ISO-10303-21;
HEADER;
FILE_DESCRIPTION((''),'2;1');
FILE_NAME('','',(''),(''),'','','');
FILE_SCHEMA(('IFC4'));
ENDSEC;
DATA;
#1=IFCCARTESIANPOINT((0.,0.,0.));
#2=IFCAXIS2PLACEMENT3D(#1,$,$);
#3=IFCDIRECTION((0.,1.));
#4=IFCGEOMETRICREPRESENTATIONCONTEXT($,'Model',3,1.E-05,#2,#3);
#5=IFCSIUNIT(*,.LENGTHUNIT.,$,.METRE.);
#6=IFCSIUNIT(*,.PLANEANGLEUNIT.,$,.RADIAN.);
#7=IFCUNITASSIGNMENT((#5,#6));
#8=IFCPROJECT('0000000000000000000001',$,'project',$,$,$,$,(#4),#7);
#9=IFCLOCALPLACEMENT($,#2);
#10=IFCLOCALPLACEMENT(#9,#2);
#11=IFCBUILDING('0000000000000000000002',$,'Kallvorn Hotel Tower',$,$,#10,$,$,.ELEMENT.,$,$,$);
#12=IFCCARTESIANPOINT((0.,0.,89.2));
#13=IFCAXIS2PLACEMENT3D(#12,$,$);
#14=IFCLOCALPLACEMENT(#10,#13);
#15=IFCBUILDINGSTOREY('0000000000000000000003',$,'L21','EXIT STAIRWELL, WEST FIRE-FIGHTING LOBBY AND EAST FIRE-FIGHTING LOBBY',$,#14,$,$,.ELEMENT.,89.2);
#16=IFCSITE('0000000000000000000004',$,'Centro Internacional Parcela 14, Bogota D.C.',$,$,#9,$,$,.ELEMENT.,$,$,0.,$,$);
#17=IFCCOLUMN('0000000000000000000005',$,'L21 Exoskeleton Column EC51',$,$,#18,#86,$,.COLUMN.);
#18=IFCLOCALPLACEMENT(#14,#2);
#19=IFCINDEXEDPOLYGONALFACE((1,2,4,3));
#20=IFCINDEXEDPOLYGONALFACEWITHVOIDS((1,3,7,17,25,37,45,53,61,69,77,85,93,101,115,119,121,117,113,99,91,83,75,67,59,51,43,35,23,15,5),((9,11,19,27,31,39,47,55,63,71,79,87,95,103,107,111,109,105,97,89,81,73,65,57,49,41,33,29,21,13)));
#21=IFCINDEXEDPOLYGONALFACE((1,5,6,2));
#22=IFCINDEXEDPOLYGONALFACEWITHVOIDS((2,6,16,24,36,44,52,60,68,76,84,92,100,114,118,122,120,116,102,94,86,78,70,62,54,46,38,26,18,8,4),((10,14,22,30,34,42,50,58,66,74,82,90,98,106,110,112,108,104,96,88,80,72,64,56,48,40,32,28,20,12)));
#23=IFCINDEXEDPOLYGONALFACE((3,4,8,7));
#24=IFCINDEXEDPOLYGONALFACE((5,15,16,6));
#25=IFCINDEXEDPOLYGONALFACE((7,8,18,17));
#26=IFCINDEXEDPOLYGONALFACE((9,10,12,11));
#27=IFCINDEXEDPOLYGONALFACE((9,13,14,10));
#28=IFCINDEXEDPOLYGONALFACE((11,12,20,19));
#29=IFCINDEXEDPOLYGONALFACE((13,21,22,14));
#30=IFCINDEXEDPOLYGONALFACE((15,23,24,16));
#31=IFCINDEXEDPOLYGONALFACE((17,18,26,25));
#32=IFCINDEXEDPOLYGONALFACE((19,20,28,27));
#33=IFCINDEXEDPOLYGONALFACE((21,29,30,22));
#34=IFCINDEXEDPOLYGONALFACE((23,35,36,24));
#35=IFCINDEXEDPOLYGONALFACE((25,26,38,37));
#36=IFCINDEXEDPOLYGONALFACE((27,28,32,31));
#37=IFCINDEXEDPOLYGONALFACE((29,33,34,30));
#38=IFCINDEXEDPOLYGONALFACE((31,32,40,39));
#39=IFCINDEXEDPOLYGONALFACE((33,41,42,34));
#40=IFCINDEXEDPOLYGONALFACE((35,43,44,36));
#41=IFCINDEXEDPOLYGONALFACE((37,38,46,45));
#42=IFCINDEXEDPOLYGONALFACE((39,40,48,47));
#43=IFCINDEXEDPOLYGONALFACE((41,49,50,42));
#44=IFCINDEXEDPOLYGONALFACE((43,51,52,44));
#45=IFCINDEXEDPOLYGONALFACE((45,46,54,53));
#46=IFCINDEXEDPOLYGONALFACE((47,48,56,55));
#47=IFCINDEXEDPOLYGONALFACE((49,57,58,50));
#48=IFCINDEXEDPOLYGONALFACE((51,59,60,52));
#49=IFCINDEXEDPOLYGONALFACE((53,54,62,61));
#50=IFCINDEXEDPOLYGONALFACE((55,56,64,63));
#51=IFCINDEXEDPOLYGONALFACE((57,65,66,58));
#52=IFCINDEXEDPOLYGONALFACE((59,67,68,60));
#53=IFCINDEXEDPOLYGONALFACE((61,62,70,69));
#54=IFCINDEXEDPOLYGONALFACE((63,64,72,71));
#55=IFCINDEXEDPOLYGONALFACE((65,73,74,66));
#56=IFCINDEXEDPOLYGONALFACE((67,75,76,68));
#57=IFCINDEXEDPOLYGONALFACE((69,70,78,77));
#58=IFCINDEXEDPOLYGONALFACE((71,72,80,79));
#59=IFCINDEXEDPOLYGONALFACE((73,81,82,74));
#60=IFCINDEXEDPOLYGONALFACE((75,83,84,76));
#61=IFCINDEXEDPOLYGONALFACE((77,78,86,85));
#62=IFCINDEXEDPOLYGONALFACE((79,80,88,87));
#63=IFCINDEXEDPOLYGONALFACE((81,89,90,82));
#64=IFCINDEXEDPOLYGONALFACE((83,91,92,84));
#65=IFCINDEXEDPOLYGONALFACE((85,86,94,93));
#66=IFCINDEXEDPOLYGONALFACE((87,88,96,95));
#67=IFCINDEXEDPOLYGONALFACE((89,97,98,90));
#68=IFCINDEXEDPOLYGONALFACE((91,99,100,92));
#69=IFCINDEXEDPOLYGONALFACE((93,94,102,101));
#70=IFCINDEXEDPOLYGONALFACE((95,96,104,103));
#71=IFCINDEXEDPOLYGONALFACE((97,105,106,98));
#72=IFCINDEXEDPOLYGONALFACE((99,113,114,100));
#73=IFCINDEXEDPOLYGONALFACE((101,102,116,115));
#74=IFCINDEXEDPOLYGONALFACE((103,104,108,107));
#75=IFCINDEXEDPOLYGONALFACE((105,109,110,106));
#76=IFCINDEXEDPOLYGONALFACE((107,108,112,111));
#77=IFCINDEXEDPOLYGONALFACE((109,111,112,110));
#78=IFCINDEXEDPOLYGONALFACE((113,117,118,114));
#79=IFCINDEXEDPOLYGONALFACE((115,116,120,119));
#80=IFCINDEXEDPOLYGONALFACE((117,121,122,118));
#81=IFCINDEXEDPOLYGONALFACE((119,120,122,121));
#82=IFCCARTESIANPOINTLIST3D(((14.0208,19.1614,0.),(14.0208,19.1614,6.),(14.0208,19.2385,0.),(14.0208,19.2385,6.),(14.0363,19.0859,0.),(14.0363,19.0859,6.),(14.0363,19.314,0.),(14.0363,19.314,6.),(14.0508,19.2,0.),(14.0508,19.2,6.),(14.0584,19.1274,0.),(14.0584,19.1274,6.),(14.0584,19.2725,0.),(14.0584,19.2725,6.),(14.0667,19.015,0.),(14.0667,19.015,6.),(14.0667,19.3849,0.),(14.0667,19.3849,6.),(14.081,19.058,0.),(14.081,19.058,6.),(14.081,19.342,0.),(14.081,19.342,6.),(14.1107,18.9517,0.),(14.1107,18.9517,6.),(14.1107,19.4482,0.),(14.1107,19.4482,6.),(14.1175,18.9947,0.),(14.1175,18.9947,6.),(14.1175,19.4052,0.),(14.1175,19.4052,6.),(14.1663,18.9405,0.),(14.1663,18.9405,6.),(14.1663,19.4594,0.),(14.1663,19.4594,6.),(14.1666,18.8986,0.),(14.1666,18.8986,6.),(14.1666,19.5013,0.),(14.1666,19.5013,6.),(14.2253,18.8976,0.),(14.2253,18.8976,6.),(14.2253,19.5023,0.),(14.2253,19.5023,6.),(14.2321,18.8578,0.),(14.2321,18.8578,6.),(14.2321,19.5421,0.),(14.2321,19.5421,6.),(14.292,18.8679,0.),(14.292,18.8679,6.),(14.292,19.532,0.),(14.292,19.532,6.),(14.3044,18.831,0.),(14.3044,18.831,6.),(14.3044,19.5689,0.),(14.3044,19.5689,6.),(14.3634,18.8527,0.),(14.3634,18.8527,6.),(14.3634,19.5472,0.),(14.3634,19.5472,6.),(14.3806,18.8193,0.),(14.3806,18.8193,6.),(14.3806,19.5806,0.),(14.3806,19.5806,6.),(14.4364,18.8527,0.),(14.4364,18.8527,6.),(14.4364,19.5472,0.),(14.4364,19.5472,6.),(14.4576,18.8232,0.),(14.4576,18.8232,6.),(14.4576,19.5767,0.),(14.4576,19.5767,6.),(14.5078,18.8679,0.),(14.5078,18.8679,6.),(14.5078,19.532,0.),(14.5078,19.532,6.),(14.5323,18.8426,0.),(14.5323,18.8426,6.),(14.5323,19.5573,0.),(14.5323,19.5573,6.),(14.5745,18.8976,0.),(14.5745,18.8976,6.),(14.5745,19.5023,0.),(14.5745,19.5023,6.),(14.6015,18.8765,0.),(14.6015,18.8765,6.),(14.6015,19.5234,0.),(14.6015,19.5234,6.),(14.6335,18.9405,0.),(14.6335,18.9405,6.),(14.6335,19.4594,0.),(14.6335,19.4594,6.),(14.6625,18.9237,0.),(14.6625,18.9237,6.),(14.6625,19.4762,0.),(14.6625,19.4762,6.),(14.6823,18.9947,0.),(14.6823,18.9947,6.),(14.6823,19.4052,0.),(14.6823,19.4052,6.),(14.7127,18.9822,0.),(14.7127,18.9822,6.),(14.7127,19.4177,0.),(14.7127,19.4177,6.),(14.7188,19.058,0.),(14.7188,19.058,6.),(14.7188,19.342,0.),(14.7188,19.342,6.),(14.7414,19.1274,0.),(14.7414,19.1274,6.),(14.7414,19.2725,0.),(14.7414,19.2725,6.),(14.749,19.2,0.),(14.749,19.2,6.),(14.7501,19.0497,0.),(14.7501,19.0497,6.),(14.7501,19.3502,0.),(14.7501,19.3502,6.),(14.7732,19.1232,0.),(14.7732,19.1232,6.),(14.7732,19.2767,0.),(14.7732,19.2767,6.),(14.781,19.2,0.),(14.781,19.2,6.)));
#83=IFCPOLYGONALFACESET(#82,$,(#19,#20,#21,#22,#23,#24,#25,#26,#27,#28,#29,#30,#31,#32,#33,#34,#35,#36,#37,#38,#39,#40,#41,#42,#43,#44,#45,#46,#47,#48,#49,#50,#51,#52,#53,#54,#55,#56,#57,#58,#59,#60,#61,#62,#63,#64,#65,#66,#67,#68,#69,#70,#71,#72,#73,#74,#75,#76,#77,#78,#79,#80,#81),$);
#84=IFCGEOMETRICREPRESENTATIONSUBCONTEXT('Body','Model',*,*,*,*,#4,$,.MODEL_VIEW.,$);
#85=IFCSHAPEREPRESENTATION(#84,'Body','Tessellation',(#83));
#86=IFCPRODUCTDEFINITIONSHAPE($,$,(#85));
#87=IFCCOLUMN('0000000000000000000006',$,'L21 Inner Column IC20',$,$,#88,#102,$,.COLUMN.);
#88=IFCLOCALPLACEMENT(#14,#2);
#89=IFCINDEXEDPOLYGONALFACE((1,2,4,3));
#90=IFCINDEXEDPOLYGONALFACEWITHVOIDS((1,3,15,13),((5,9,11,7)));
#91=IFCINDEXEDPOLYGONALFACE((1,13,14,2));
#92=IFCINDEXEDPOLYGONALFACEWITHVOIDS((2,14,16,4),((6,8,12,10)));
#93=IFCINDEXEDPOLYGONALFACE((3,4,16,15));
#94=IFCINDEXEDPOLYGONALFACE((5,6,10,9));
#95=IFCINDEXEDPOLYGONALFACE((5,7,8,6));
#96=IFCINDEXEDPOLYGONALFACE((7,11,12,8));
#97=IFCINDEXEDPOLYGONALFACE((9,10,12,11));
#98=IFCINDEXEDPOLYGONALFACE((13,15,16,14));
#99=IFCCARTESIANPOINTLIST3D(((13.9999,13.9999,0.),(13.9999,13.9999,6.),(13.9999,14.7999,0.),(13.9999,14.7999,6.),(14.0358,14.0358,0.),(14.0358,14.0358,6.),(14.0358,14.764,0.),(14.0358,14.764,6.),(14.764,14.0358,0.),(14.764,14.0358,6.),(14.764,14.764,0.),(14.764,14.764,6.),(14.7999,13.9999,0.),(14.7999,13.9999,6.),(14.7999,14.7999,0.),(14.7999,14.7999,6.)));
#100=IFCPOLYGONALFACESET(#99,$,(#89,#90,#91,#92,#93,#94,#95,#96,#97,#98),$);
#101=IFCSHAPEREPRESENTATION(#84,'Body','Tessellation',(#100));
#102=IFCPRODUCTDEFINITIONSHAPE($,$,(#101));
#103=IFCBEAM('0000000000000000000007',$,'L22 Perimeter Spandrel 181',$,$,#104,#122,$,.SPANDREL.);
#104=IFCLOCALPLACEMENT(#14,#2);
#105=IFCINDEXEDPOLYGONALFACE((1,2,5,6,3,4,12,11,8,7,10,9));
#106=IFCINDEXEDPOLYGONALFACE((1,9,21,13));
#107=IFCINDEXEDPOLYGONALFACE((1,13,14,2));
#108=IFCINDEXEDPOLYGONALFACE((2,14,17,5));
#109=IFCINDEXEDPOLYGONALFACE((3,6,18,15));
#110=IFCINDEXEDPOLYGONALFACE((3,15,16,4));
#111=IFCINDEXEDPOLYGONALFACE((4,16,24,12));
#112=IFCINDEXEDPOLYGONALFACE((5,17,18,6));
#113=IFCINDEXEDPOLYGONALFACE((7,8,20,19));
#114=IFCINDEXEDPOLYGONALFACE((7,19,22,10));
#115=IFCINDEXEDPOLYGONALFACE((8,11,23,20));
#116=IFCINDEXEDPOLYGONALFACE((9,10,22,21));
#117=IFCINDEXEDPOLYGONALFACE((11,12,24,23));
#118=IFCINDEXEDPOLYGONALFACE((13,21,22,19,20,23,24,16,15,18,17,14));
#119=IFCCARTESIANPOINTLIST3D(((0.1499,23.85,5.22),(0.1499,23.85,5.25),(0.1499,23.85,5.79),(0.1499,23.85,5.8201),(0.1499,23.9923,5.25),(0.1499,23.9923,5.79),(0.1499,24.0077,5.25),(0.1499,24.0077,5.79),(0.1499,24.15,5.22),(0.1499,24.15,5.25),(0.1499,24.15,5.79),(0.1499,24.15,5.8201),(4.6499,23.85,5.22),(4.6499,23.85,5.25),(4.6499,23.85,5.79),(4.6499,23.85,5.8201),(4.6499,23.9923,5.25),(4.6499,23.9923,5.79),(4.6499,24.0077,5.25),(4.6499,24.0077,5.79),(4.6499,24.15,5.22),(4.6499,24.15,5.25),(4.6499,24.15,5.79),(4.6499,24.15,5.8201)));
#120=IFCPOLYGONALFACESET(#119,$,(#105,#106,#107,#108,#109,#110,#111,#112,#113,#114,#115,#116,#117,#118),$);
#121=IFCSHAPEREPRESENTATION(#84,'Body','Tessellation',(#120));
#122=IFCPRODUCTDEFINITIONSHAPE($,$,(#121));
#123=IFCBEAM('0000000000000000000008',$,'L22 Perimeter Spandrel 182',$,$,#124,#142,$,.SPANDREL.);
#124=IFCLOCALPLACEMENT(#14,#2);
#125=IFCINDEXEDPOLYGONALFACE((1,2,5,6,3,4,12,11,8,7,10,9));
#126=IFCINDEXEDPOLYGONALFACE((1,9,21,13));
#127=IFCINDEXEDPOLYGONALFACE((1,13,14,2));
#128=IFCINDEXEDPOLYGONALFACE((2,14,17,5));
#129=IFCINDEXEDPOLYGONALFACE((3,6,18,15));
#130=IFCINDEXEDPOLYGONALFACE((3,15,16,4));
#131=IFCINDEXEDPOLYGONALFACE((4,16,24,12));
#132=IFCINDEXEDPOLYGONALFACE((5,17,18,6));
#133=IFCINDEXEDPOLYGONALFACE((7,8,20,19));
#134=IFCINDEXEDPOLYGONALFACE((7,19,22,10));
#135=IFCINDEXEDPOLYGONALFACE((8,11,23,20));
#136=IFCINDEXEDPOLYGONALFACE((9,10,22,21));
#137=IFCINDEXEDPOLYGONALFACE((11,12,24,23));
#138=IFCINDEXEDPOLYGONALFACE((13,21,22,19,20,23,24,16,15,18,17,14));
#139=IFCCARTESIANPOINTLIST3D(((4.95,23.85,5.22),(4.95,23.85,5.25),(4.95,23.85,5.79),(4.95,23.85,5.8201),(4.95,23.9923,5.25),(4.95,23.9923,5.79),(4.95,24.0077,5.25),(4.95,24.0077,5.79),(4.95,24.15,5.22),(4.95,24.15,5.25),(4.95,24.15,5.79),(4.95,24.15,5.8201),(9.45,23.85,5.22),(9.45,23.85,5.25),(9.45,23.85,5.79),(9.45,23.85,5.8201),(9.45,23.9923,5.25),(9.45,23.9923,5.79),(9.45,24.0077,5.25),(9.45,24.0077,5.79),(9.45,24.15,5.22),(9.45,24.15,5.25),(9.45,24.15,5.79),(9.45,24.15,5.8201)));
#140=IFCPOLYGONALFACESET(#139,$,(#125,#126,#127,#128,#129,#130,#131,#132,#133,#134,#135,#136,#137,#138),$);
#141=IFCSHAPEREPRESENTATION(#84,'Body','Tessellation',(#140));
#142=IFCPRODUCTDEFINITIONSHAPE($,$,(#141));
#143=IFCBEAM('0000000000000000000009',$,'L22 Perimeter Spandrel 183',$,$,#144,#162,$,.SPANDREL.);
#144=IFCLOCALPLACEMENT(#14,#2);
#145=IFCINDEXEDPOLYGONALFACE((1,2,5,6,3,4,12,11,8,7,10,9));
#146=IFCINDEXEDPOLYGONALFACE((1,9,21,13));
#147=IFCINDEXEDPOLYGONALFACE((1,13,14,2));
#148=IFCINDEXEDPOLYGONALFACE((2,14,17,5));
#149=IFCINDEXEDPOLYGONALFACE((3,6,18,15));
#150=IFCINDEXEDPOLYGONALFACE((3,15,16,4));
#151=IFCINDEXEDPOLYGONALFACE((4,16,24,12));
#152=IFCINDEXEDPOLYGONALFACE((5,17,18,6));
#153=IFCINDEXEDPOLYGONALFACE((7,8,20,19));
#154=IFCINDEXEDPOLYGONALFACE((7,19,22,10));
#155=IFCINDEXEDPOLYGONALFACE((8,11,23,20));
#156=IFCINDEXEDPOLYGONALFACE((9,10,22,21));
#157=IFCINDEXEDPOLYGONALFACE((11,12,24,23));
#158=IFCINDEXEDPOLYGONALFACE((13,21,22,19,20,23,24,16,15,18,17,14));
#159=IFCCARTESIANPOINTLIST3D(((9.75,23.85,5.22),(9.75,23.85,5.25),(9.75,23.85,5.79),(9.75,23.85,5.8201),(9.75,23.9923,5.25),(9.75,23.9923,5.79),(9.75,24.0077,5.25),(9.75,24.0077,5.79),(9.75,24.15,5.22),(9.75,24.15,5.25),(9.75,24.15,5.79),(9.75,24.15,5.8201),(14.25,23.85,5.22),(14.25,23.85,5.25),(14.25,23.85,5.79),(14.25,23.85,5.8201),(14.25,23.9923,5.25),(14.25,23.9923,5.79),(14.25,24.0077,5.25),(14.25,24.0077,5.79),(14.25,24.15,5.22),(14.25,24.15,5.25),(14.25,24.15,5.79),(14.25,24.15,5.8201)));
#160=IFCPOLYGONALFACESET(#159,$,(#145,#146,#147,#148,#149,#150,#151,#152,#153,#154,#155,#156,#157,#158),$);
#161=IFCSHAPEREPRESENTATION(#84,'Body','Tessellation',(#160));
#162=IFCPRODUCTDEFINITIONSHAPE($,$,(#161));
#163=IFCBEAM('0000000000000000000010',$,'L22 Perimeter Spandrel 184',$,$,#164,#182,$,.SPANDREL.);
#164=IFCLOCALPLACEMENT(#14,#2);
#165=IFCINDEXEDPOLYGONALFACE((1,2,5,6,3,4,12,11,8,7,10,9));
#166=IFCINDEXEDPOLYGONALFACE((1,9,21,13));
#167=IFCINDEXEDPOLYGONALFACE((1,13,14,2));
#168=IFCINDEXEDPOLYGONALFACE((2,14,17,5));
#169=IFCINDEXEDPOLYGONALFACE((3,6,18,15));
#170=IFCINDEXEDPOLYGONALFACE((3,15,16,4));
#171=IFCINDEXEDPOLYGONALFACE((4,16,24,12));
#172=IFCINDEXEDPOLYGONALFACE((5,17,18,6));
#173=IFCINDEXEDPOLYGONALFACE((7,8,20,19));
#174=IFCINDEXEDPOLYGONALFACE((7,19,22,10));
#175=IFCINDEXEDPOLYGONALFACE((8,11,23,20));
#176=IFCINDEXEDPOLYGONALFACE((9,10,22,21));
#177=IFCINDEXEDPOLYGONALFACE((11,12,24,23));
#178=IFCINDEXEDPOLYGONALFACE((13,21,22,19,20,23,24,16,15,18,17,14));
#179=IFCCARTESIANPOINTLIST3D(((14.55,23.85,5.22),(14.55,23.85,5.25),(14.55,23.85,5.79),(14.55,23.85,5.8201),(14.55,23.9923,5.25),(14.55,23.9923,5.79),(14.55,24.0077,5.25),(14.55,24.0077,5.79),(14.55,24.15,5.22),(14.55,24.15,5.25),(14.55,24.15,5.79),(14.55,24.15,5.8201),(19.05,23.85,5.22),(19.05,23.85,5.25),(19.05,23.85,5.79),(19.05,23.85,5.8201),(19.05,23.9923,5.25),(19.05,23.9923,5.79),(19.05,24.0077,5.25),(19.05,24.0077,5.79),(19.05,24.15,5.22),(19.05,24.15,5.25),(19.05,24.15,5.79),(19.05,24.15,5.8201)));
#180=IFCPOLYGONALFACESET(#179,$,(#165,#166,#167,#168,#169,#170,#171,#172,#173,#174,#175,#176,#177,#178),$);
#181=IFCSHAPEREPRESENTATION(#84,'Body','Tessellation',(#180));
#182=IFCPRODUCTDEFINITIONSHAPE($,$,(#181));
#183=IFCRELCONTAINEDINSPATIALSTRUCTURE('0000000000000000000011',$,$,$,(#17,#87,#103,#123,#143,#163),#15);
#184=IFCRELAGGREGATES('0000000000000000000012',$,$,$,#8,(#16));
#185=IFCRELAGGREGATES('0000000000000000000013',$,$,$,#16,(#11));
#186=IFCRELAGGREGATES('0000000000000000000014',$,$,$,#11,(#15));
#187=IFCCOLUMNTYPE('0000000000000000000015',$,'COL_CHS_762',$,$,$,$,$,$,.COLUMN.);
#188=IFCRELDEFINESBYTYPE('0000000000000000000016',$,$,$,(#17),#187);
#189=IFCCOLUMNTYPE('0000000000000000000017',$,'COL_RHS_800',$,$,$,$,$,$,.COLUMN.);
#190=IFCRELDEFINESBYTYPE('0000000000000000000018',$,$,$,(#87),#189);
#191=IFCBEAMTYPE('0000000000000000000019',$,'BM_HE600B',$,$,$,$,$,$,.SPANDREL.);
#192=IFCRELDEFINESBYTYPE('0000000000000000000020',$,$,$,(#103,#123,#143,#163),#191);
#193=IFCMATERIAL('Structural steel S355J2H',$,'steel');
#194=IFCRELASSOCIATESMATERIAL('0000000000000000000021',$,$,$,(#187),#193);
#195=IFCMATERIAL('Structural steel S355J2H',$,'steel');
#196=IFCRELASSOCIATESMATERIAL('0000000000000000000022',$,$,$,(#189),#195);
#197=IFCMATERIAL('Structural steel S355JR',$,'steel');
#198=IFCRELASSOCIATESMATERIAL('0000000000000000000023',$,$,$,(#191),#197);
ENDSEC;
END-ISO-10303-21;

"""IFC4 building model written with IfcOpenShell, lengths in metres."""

from ifc_helpers import new_model, si_unit, direction, frame, origin, origin_2d, place, context, subcontext, project, spatial, hollow_rectangle, hollow_circle, i_section, extrude, material, material_profile, profile_set, type_object, element, save


model = new_model("IFC4")

# Units and contexts
model_context = context("Model", 3, precision=1e-05, world=origin(), true_north=direction((0.0, 1.0)))
body_context = subcontext(model_context, "Body", "Model", "MODEL_VIEW")
ifc_project = project(units=[si_unit("LENGTHUNIT", "METRE"), si_unit("PLANEANGLEUNIT", "RADIAN")], contexts=[model_context])

# Site, building, storey
site_placement = place(None, origin())
site = spatial("IfcSite", under=ifc_project, at=site_placement, Name="Centro Internacional Parcela 14, Bogota D.C.", CompositionType="ELEMENT", RefElevation=0.0)
building_placement = place(site_placement, origin())
building = spatial("IfcBuilding", under=site, at=building_placement, Name="Kallvorn Hotel Tower", CompositionType="ELEMENT")
storey_placement = place(building_placement, frame((0.0, 0.0, 89.2)))
storey = spatial("IfcBuildingStorey", under=building, at=storey_placement, Name="L21", Description="EXIT STAIRWELL, WEST FIRE-FIGHTING LOBBY AND EAST FIRE-FIGHTING LOBBY", CompositionType="ELEMENT", Elevation=89.2)

# Columns
ifc_material_1 = material(Name="Structural steel S355J2H", Category="steel")
ifc_material_profile_1 = material_profile(ifc_material_1, hollow_circle(Radius=0.3811, WallThickness=0.032, at=origin_2d()), Name="CHS 762x32")
ifc_profile_set_1 = profile_set([ifc_material_profile_1], Name="Structural steel S355J2H")
column_type_1 = type_object("IfcColumnType", Name="COL_CHS_762", PredefinedType="COLUMN", material=ifc_profile_set_1)
for number, where, z_axis, x_axis, name in (
    (1, (14.3999, 19.2, 0.0), (0.0, 0.0, 1.0), (1.0, 0.0, 0.0), "L21 Exoskeleton Column EC51"),
):
    element("IfcColumn", number, at=place(storey_placement, frame(where, z_axis=z_axis, x_axis=x_axis)), inside=storey, type_object=column_type_1, Name=name, PredefinedType="COLUMN", context=body_context, shape_type="SweptSolid", body=[
        extrude(hollow_circle(Radius=0.3811, WallThickness=0.032, at=origin_2d()), origin(), (0.0, 0.0, 1.0), 6.0),
    ])
ifc_material_2 = material(Name="Structural steel S355J2H", Category="steel")
ifc_material_profile_2 = material_profile(ifc_material_2, hollow_rectangle(XDim=0.8, YDim=0.8, WallThickness=0.0359, at=origin_2d()), Name="RHS 800x800x36")
ifc_profile_set_2 = profile_set([ifc_material_profile_2], Name="Structural steel S355J2H")
column_type_2 = type_object("IfcColumnType", Name="COL_RHS_800", PredefinedType="COLUMN", material=ifc_profile_set_2)
column_placement = place(storey_placement, frame((14.3999, 14.3999, 0.0), z_axis=(0.0, 0.0, 1.0), x_axis=(1.0, 0.0, 0.0)))
element("IfcColumn", 2, at=column_placement, inside=storey, type_object=column_type_2, Name="L21 Inner Column IC20", PredefinedType="COLUMN", context=body_context, shape_type="SweptSolid", body=[
    extrude(hollow_rectangle(XDim=0.8, YDim=0.8, WallThickness=0.0359, at=origin_2d()), origin(), (0.0, 0.0, 1.0), 6.0),
])

# Beams
ifc_material_3 = material(Name="Structural steel S355JR", Category="steel")
ifc_material_profile_3 = material_profile(ifc_material_3, i_section(OverallWidth=0.3, OverallDepth=0.6001, WebThickness=0.0154, FlangeThickness=0.03, at=origin_2d()), Name="HE 600 B")
ifc_profile_set_3 = profile_set([ifc_material_profile_3], Name="Structural steel S355JR")
beam_type_1 = type_object("IfcBeamType", Name="BM_HE600B", PredefinedType="SPANDREL", material=ifc_profile_set_3)
for number, where, z_axis, x_axis, name in (
    (3, (0.1499, 24.0, 5.52), (1.0, 0.0, 0.0), (0.0, 1.0, 0.0), "L22 Perimeter Spandrel 181"),
    (4, (4.95, 24.0, 5.52), (1.0, 0.0, 0.0), (0.0, 1.0, 0.0), "L22 Perimeter Spandrel 182"),
    (5, (9.75, 24.0, 5.52), (1.0, 0.0, 0.0), (0.0, 1.0, 0.0), "L22 Perimeter Spandrel 183"),
    (6, (14.55, 24.0, 5.52), (1.0, 0.0, 0.0), (0.0, 1.0, 0.0), "L22 Perimeter Spandrel 184"),
):
    element("IfcBeam", number, at=place(storey_placement, frame(where, z_axis=z_axis, x_axis=x_axis)), inside=storey, type_object=beam_type_1, Name=name, PredefinedType="SPANDREL", context=body_context, shape_type="SweptSolid", body=[
        extrude(i_section(OverallWidth=0.3, OverallDepth=0.6001, WebThickness=0.0154, FlangeThickness=0.03, at=origin_2d()), origin(), (0.0, 0.0, 1.0), 4.5),
    ])

save(model, "model.ifc")
